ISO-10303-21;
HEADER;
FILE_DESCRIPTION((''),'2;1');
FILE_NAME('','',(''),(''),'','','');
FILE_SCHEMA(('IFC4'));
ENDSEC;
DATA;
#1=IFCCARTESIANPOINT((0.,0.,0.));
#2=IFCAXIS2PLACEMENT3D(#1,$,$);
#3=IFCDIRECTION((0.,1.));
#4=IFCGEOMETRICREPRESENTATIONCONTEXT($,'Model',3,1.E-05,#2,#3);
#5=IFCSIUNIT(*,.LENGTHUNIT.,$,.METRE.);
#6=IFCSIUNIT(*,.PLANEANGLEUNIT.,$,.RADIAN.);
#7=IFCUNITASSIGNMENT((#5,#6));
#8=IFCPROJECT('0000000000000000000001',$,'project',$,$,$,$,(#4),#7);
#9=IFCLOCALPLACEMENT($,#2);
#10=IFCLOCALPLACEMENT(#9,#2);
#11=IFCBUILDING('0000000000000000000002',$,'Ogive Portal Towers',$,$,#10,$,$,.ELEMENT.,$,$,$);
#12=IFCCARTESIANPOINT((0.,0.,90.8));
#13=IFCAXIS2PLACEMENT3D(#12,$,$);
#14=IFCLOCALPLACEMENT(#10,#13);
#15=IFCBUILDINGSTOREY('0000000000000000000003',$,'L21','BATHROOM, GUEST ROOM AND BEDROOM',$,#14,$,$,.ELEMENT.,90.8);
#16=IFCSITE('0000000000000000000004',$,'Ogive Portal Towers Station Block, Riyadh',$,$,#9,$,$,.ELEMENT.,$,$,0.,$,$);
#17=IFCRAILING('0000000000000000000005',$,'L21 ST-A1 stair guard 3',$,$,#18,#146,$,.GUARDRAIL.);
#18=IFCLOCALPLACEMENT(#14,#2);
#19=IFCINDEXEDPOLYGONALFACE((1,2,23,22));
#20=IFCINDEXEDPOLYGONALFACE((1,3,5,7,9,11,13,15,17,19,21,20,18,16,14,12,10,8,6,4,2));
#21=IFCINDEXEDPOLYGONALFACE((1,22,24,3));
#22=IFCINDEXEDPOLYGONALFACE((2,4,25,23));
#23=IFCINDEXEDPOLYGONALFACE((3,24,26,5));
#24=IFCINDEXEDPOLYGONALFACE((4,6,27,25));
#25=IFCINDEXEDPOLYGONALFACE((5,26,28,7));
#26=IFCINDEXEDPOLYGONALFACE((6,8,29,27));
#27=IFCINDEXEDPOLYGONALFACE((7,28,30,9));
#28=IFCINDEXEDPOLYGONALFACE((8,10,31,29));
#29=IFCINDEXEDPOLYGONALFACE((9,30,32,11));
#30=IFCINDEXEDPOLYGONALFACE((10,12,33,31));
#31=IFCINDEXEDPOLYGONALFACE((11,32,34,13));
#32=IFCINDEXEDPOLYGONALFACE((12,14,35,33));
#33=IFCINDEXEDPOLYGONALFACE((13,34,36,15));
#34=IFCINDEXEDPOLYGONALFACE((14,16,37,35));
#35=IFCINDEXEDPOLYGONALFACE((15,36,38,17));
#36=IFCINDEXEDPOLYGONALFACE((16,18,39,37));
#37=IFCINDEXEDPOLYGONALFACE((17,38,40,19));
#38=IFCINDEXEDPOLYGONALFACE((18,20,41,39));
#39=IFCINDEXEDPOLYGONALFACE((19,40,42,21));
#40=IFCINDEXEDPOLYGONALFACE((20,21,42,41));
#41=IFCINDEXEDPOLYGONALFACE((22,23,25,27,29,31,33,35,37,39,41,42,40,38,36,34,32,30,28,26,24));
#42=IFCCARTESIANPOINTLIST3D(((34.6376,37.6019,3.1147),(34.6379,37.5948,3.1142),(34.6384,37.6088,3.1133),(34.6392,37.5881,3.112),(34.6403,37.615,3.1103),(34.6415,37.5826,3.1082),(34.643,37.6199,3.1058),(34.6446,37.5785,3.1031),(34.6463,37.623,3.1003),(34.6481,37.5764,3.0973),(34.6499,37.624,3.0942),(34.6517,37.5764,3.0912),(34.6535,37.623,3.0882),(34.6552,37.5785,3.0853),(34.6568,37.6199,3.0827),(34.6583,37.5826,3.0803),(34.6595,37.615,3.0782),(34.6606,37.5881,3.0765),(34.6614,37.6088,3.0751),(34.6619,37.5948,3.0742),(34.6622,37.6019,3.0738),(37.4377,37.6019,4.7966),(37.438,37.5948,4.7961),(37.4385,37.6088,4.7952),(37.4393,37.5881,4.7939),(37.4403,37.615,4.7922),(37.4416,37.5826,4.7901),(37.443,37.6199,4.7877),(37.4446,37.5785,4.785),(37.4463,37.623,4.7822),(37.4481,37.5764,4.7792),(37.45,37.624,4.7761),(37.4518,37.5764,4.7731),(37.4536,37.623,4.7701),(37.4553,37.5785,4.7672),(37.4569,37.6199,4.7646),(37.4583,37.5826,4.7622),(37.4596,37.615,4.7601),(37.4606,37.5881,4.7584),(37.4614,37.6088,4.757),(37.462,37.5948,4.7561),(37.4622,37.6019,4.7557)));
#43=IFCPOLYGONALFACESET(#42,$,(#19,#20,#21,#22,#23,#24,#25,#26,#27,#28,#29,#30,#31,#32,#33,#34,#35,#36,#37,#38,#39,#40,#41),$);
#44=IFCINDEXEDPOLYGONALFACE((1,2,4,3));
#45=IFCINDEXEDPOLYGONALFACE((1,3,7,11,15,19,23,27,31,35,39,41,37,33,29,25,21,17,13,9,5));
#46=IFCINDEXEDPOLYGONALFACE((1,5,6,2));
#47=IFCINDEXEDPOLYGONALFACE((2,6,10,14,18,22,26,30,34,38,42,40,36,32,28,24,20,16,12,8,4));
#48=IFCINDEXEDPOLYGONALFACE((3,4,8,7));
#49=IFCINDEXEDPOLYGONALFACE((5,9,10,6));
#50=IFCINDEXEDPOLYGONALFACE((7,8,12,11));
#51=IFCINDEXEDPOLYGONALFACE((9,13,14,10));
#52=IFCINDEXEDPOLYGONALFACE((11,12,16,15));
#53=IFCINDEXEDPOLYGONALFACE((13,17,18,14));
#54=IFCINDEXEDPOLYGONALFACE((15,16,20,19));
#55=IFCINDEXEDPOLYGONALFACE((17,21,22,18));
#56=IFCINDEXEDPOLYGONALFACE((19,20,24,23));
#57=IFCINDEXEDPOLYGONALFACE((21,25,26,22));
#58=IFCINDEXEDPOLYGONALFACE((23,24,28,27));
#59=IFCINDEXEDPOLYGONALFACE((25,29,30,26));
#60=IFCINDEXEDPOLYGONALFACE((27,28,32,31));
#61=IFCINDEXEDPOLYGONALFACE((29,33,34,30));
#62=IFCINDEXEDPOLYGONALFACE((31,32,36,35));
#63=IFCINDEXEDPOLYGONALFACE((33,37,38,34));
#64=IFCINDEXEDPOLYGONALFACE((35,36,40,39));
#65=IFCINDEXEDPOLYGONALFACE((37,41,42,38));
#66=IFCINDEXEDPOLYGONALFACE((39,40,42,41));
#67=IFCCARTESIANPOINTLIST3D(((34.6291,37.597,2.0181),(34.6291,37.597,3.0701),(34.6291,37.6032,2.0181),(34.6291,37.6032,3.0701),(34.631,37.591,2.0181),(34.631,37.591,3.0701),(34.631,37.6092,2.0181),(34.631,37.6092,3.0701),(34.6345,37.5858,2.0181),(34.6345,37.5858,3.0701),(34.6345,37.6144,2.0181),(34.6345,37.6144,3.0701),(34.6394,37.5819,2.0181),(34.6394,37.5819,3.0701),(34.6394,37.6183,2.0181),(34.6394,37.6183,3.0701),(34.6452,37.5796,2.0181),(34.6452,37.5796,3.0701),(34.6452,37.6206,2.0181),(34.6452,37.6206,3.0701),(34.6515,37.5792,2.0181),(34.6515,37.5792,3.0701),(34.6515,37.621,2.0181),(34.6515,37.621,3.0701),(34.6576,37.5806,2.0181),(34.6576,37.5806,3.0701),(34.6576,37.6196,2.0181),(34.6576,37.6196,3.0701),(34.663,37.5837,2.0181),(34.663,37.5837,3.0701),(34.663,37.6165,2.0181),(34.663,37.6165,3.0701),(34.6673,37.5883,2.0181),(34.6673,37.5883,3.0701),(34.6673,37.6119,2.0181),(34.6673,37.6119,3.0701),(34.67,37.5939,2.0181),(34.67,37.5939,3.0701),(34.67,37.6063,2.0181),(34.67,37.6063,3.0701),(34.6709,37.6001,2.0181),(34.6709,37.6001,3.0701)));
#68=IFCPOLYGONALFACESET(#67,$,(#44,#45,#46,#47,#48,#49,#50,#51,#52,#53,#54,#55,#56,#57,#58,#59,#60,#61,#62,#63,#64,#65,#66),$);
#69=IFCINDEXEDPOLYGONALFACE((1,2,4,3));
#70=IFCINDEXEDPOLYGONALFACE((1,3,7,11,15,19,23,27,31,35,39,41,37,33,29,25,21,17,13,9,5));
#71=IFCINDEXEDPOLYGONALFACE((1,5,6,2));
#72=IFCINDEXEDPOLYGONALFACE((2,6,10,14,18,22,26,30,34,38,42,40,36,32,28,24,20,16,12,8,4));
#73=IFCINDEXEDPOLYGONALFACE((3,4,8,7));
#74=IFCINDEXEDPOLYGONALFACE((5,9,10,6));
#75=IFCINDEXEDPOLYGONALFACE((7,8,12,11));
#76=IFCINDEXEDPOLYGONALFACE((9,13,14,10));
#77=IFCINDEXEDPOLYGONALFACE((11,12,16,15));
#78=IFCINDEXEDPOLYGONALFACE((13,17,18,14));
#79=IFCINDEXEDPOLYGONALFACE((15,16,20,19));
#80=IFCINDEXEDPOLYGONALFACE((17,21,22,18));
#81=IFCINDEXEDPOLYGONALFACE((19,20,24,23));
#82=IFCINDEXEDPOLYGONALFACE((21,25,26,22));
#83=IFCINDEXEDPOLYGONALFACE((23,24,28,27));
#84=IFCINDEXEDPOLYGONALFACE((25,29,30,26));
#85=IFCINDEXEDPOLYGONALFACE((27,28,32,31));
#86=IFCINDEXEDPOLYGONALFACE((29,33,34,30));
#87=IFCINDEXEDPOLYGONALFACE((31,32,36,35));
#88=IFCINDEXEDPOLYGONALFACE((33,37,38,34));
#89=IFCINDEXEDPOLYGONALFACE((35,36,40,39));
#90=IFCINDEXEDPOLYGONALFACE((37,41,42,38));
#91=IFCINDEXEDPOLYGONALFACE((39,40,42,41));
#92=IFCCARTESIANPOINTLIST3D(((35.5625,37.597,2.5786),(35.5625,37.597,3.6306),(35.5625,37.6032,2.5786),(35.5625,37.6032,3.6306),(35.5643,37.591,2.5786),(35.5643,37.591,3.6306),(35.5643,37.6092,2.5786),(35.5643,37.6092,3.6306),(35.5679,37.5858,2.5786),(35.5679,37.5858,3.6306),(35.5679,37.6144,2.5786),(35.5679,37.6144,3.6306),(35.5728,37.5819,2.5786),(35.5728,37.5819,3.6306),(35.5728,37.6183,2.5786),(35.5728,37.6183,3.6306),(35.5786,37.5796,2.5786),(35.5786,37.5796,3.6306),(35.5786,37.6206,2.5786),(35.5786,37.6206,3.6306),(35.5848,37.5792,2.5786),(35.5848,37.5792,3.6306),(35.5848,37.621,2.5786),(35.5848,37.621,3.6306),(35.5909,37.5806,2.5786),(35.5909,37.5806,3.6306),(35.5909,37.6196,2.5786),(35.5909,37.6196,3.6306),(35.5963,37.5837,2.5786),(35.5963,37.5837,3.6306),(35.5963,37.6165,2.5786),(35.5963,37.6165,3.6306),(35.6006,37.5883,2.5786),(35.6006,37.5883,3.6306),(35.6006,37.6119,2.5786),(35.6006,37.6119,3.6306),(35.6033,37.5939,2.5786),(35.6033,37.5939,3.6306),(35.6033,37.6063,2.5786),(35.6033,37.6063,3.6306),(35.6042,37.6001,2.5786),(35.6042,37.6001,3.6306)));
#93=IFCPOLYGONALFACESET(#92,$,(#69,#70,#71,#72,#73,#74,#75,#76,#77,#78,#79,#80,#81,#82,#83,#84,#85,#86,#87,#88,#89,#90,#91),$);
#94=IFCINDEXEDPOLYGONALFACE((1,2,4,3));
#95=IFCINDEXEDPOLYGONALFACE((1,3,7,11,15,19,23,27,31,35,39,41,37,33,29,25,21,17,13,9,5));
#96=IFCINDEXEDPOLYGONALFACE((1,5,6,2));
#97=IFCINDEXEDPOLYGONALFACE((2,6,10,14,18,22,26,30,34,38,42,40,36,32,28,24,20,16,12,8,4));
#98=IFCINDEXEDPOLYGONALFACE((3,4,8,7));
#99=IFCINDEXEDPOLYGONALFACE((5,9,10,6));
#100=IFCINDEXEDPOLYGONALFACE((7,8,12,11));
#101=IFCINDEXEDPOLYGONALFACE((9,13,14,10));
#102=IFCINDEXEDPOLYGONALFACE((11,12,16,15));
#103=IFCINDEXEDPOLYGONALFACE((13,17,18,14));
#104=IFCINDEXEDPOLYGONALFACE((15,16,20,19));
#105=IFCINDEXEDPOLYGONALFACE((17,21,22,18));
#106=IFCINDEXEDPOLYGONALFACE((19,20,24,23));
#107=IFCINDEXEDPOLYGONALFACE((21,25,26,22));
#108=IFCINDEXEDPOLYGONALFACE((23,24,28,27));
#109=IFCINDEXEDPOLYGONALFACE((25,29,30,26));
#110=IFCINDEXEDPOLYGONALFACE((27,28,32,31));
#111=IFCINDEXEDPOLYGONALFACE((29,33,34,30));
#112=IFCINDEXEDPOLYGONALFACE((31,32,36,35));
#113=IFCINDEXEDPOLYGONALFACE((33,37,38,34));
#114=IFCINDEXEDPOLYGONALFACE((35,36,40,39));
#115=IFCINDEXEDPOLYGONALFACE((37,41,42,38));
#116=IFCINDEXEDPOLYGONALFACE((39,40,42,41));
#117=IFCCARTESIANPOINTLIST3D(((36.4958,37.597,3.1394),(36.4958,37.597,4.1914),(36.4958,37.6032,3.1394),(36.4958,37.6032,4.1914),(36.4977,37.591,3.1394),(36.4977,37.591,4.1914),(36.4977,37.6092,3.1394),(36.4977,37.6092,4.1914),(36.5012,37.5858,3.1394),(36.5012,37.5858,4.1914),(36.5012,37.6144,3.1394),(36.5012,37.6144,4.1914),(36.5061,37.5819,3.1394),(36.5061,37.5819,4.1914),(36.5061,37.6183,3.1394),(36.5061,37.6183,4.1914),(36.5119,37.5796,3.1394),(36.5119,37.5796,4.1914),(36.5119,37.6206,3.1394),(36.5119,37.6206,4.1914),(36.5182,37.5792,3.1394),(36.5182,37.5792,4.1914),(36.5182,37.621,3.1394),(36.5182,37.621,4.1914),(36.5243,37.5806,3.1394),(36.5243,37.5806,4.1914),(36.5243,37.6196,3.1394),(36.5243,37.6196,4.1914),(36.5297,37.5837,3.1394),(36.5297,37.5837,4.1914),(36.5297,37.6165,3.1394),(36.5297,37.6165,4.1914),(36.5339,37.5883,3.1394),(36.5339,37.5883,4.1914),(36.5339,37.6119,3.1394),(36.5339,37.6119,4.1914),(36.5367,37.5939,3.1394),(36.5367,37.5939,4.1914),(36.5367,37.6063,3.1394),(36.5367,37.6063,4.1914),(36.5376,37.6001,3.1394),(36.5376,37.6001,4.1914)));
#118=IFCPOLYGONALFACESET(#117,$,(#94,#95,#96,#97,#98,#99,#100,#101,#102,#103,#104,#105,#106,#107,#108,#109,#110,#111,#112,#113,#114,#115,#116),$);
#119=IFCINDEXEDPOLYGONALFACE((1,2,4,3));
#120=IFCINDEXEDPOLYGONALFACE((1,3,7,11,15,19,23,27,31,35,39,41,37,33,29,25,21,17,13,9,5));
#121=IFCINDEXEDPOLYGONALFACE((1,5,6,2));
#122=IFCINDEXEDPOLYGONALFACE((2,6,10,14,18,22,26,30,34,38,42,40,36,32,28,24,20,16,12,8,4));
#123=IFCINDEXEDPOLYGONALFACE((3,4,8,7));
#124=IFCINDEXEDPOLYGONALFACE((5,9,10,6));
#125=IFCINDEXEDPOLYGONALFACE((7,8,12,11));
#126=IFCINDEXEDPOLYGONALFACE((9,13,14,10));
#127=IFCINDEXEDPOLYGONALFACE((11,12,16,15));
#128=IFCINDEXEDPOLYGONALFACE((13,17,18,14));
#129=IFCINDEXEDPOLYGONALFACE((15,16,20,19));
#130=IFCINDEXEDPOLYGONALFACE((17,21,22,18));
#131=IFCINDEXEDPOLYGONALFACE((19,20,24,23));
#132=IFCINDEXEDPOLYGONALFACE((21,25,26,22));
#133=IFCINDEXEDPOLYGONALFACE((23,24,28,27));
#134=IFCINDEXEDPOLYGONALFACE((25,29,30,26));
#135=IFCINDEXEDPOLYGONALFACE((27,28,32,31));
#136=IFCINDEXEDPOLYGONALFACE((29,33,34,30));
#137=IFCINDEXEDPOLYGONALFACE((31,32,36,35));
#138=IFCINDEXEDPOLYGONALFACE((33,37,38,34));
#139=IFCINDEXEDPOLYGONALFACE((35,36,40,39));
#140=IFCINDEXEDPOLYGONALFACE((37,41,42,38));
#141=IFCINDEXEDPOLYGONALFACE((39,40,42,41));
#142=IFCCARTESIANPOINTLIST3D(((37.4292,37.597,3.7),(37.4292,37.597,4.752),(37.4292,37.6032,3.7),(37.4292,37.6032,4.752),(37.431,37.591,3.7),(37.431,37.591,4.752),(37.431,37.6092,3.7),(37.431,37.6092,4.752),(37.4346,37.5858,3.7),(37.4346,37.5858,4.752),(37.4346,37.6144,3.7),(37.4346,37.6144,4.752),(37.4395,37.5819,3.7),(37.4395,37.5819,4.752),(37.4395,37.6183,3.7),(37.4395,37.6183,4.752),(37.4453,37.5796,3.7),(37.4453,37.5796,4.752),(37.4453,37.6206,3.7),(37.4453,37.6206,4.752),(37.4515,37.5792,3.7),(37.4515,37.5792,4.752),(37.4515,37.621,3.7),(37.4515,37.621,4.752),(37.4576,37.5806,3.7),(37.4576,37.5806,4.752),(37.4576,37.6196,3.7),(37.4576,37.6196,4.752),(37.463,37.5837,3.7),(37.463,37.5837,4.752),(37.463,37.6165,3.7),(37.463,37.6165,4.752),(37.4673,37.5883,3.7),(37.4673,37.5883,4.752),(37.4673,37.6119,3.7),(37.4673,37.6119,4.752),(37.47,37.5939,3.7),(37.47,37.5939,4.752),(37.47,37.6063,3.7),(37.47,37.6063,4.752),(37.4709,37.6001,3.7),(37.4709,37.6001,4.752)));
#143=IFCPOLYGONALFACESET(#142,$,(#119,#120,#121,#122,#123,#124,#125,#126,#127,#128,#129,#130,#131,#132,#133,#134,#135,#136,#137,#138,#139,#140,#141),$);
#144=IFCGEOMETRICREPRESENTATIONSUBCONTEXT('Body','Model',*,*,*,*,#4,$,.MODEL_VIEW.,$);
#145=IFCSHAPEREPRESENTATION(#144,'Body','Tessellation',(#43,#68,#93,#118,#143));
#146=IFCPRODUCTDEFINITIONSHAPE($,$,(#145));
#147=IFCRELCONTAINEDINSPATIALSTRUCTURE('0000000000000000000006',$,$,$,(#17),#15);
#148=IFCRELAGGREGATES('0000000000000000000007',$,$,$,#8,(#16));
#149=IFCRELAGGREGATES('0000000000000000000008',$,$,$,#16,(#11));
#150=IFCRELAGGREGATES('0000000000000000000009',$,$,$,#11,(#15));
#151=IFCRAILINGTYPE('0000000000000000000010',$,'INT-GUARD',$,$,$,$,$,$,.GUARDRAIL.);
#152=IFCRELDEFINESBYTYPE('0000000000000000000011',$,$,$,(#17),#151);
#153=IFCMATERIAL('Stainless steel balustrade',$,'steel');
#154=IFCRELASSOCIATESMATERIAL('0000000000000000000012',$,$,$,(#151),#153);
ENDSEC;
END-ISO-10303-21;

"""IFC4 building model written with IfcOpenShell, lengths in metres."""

from ifc_helpers import new_model, si_unit, direction, frame, origin, origin_2d, place, context, subcontext, project, spatial, circle, extrude, material, type_object, element, save


model = new_model("IFC4")

# Units and contexts
model_context = context("Model", 3, precision=1e-05, world=origin(), true_north=direction((0.0, 1.0)))
body_context = subcontext(model_context, "Body", "Model", "MODEL_VIEW")
ifc_project = project(units=[si_unit("LENGTHUNIT", "METRE"), si_unit("PLANEANGLEUNIT", "RADIAN")], contexts=[model_context])

# Site, building, storey
site_placement = place(None, origin())
site = spatial("IfcSite", under=ifc_project, at=site_placement, Name="Ogive Portal Towers Station Block, Riyadh", CompositionType="ELEMENT", RefElevation=0.0)
building_placement = place(site_placement, origin())
building = spatial("IfcBuilding", under=site, at=building_placement, Name="Ogive Portal Towers", CompositionType="ELEMENT")
storey_placement = place(building_placement, frame((0.0, 0.0, 90.8)))
storey = spatial("IfcBuildingStorey", under=building, at=storey_placement, Name="L21", Description="BATHROOM, GUEST ROOM AND BEDROOM", CompositionType="ELEMENT", Elevation=90.8)

# Railing
ifc_material_1 = material(Name="Stainless steel balustrade", Category="steel")
railing_type_1 = type_object("IfcRailingType", Name="INT-GUARD", PredefinedType="GUARDRAIL", material=ifc_material_1)
railing_1_placement = place(storey_placement, frame((34.6499, 37.6001, 2.0181)))
element("IfcRailing", 1, at=railing_1_placement, inside=storey, type_object=railing_type_1, Name="L21 ST-A1 stair guard 3", PredefinedType="GUARDRAIL", context=body_context, shape_type="SweptSolid", body=[
    extrude(circle(Radius=0.0239, at=origin_2d()), frame((0.0, 0.0, 1.0762), z_axis=(0.857242, 0.0, 0.514913), x_axis=(0.0, 1.0, 0.0)), (0.0, 0.0, 1.0), 3.2664),
    extrude(circle(Radius=0.021, at=origin_2d()), origin(), (0.0, 0.0, 1.0), 1.052),
    extrude(circle(Radius=0.021, at=origin_2d()), frame((0.9333, 0.0, 0.5605)), (0.0, 0.0, 1.0), 1.052),
    extrude(circle(Radius=0.021, at=origin_2d()), frame((1.8667, 0.0, 1.1213)), (0.0, 0.0, 1.0), 1.052),
    extrude(circle(Radius=0.021, at=origin_2d()), frame((2.8, 0.0, 1.6819)), (0.0, 0.0, 1.0), 1.052),
])

save(model, "model.ifc")
